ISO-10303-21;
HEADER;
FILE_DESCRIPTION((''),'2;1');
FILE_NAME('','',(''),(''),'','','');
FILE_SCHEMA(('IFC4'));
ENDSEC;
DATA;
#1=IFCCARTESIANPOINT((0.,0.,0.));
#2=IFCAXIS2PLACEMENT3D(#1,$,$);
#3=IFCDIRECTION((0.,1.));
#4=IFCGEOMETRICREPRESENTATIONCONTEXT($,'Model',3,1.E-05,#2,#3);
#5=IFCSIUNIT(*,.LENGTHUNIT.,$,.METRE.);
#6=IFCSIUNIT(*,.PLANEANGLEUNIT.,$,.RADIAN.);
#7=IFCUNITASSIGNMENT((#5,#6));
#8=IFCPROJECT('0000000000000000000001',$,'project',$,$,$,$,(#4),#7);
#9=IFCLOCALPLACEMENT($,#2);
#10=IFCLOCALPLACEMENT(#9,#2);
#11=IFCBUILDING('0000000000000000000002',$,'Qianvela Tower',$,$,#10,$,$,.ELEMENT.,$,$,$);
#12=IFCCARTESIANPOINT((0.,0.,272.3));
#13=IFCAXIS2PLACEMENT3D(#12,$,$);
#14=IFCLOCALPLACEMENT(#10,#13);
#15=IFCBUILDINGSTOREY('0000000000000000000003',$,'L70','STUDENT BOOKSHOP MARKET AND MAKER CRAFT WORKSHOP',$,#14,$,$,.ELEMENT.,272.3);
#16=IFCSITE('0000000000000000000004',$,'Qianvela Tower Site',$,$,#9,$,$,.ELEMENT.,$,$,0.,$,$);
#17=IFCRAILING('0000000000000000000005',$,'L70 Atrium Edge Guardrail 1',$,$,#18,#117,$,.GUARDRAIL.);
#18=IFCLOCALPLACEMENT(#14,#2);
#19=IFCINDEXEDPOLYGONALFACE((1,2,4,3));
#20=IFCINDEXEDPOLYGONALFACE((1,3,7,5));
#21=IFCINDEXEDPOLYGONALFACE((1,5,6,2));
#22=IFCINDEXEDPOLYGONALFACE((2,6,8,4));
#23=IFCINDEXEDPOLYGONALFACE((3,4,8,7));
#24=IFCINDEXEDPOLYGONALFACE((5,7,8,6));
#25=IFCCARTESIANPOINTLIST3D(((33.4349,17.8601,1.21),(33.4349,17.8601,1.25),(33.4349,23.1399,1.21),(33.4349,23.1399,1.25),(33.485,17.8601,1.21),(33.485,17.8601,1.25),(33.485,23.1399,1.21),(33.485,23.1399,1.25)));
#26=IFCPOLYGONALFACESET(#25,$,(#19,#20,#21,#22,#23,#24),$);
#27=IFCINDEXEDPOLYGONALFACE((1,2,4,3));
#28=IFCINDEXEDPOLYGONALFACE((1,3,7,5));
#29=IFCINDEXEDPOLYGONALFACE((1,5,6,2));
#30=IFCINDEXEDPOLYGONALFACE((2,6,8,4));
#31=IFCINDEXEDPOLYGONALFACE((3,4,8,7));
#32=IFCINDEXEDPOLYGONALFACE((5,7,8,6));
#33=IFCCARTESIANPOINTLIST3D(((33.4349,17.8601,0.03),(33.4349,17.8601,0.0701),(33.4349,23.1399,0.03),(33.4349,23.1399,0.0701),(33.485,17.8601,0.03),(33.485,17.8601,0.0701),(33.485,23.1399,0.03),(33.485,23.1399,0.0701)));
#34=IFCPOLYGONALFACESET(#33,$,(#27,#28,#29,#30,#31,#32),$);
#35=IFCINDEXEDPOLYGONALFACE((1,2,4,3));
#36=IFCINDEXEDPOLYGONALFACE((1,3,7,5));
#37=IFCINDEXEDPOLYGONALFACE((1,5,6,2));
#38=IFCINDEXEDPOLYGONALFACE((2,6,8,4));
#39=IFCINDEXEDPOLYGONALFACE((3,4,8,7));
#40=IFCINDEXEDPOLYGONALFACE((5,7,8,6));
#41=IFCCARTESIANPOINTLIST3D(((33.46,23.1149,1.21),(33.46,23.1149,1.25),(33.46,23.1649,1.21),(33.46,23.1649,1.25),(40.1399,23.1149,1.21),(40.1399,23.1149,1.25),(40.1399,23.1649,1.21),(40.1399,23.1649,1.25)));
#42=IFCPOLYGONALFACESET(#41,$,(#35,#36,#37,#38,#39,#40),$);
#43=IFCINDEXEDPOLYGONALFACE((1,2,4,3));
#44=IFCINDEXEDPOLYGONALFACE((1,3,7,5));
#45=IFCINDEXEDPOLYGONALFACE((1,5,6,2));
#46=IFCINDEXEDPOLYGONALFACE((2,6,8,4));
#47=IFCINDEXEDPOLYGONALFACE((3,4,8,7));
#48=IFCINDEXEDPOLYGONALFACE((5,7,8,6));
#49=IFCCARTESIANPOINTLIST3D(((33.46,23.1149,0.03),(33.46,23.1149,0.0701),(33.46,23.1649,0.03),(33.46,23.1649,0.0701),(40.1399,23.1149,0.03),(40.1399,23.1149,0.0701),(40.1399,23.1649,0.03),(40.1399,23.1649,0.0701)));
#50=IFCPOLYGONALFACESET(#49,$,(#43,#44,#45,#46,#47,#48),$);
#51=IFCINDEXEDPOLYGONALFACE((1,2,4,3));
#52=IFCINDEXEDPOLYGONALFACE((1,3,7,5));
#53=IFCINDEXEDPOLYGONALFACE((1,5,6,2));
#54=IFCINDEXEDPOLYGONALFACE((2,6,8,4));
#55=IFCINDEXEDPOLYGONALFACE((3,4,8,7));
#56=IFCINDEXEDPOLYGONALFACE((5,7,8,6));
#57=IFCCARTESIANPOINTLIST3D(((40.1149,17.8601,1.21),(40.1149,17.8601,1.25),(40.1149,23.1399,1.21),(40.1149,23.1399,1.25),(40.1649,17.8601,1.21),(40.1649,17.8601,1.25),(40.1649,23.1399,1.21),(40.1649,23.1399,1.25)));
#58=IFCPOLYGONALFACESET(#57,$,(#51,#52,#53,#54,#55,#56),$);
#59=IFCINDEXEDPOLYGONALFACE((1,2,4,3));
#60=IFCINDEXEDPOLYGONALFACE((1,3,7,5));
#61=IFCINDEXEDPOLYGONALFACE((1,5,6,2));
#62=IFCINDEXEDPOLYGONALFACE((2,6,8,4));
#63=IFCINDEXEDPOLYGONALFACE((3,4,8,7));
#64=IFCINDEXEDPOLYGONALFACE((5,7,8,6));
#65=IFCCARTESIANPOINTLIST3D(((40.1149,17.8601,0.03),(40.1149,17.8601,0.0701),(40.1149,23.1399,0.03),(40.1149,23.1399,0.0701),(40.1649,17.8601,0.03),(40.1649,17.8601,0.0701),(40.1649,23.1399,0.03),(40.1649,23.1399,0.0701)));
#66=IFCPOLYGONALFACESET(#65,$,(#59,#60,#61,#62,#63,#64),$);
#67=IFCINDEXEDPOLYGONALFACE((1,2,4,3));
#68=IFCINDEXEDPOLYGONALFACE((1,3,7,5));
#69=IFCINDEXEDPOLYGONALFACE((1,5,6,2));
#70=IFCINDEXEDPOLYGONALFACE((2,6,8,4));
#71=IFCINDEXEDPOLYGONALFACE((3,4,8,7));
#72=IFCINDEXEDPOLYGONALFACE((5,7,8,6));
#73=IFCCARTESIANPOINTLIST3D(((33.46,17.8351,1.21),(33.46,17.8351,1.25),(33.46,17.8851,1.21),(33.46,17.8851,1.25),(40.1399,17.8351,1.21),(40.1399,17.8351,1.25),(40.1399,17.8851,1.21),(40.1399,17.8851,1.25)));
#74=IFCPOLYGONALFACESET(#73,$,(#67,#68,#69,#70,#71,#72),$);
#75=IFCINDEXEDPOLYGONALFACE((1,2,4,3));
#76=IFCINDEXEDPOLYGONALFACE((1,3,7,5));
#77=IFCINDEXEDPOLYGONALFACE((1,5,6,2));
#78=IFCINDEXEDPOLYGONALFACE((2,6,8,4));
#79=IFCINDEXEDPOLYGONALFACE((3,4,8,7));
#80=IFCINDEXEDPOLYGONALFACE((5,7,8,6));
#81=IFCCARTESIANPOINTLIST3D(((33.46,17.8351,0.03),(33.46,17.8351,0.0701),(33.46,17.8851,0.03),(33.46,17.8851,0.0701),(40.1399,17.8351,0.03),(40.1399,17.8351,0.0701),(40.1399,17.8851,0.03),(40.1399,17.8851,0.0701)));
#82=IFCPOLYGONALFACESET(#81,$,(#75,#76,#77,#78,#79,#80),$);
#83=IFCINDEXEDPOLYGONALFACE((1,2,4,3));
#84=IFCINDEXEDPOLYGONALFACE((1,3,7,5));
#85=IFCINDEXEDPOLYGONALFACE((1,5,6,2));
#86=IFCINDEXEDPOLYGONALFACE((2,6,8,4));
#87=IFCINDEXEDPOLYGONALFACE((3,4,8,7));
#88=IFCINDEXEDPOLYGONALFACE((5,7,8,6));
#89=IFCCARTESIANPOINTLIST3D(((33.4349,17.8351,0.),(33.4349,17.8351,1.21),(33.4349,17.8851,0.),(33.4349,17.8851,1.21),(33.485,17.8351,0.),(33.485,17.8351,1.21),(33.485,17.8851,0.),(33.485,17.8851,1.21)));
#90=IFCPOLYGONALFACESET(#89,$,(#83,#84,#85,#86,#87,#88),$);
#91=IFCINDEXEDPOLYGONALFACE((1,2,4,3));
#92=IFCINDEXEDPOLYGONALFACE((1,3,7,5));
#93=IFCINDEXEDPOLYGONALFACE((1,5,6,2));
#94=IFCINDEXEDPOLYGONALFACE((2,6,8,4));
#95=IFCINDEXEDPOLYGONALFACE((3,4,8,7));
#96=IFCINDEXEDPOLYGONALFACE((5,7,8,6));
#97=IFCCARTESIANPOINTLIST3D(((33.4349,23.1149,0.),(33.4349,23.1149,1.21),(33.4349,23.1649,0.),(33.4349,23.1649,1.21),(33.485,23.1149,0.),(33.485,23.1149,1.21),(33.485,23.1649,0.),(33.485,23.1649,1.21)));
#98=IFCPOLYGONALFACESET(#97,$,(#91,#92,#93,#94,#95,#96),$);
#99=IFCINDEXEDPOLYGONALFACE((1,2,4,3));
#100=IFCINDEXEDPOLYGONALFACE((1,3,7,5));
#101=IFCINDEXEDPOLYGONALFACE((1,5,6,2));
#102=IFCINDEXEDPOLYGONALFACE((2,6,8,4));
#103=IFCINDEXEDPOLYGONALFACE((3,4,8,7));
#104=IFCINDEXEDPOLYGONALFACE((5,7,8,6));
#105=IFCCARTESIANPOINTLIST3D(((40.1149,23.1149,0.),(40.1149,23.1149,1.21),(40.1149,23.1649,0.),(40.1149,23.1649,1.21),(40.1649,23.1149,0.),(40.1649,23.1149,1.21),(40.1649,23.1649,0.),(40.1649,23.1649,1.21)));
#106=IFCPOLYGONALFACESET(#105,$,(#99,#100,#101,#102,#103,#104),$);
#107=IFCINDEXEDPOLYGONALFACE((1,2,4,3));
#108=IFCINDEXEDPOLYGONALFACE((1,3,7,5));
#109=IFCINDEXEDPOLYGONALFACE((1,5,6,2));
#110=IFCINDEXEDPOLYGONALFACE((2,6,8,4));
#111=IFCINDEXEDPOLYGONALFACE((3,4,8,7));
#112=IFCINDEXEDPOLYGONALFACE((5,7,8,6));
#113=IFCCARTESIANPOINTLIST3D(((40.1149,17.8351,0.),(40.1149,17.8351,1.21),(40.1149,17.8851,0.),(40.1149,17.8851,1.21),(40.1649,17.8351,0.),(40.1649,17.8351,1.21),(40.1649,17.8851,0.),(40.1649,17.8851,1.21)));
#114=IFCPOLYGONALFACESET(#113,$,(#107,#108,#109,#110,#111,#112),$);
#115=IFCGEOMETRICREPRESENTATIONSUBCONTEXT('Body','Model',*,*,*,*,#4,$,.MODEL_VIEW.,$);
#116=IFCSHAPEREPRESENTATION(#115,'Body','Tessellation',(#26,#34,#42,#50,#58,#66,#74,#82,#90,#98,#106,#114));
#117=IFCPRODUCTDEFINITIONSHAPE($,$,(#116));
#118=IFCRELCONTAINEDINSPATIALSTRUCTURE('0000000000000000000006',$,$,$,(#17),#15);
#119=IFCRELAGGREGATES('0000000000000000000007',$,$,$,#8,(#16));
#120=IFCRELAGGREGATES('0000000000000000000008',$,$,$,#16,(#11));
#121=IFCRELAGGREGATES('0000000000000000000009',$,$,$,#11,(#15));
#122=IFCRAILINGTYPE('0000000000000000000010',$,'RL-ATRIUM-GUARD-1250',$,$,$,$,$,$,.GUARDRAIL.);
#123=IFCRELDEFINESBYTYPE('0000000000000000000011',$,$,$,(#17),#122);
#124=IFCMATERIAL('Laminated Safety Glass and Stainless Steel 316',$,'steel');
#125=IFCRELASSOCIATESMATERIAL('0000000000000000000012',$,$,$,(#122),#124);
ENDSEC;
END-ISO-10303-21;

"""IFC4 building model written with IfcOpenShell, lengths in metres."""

from ifc_helpers import new_model, si_unit, direction, frame, origin, origin_2d, place, context, subcontext, project, spatial, rectangle, extrude, material, type_object, element, save


model = new_model("IFC4")

# Units and contexts
model_context = context("Model", 3, precision=1e-05, world=origin(), true_north=direction((0.0, 1.0)))
body_context = subcontext(model_context, "Body", "Model", "MODEL_VIEW")
ifc_project = project(units=[si_unit("LENGTHUNIT", "METRE"), si_unit("PLANEANGLEUNIT", "RADIAN")], contexts=[model_context])

# Site, building, storey
site_placement = place(None, origin())
site = spatial("IfcSite", under=ifc_project, at=site_placement, Name="Qianvela Tower Site", CompositionType="ELEMENT", RefElevation=0.0)
building_placement = place(site_placement, origin())
building = spatial("IfcBuilding", under=site, at=building_placement, Name="Qianvela Tower", CompositionType="ELEMENT")
storey_placement = place(building_placement, frame((0.0, 0.0, 272.3)))
storey = spatial("IfcBuildingStorey", under=building, at=storey_placement, Name="L70", Description="STUDENT BOOKSHOP MARKET AND MAKER CRAFT WORKSHOP", CompositionType="ELEMENT", Elevation=272.3)

# Railing
ifc_material_1 = material(Name="Laminated Safety Glass and Stainless Steel 316", Category="steel")
railing_type = type_object("IfcRailingType", Name="RL-ATRIUM-GUARD-1250", PredefinedType="GUARDRAIL", material=ifc_material_1)
railing_placement = place(storey_placement, frame((33.46, 17.8601, 0.0)))
element("IfcRailing", 1, at=railing_placement, inside=storey, type_object=railing_type, Name="L70 Atrium Edge Guardrail 1", PredefinedType="GUARDRAIL", context=body_context, shape_type="SweptSolid", body=[
    extrude(rectangle(XDim=0.05, YDim=0.04, at=origin_2d()), frame((0.0, 0.0, 1.23), z_axis=(0.0, 1.0, 0.0), x_axis=(-1.0, 0.0, 0.0)), (0.0, 0.0, 1.0), 5.2798),
    extrude(rectangle(XDim=0.05, YDim=0.04, at=origin_2d()), frame((0.0, 0.0, 0.05), z_axis=(0.0, 1.0, 0.0), x_axis=(-1.0, 0.0, 0.0)), (0.0, 0.0, 1.0), 5.2798),
    extrude(rectangle(XDim=0.05, YDim=0.04, at=origin_2d()), frame((0.0, 5.2798, 1.23), z_axis=(1.0, 0.0, 0.0), x_axis=(0.0, 1.0, 0.0)), (0.0, 0.0, 1.0), 6.6799),
    extrude(rectangle(XDim=0.05, YDim=0.04, at=origin_2d()), frame((0.0, 5.2798, 0.05), z_axis=(1.0, 0.0, 0.0), x_axis=(0.0, 1.0, 0.0)), (0.0, 0.0, 1.0), 6.6799),
    extrude(rectangle(XDim=0.05, YDim=0.04, at=origin_2d()), frame((6.6799, 5.2798, 1.23), z_axis=(0.0, -1.0, 0.0), x_axis=(1.0, 0.0, 0.0)), (0.0, 0.0, 1.0), 5.2798),
    extrude(rectangle(XDim=0.05, YDim=0.04, at=origin_2d()), frame((6.6799, 5.2798, 0.05), z_axis=(0.0, -1.0, 0.0), x_axis=(1.0, 0.0, 0.0)), (0.0, 0.0, 1.0), 5.2798),
    extrude(rectangle(XDim=0.05, YDim=0.04, at=origin_2d()), frame((6.6799, 0.0, 1.23), z_axis=(-1.0, 0.0, 0.0), x_axis=(0.0, -1.0, 0.0)), (0.0, 0.0, 1.0), 6.6799),
    extrude(rectangle(XDim=0.05, YDim=0.04, at=origin_2d()), frame((6.6799, 0.0, 0.05), z_axis=(-1.0, 0.0, 0.0), x_axis=(0.0, -1.0, 0.0)), (0.0, 0.0, 1.0), 6.6799),
    extrude(rectangle(XDim=0.05, YDim=0.05, at=origin_2d()), origin(), (0.0, 0.0, 1.0), 1.21),
    extrude(rectangle(XDim=0.05, YDim=0.05, at=origin_2d()), frame((0.0, 5.2798, 0.0)), (0.0, 0.0, 1.0), 1.21),
    extrude(rectangle(XDim=0.05, YDim=0.05, at=origin_2d()), frame((6.6799, 5.2798, 0.0)), (0.0, 0.0, 1.0), 1.21),
    extrude(rectangle(XDim=0.05, YDim=0.05, at=origin_2d()), frame((6.6799, 0.0, 0.0)), (0.0, 0.0, 1.0), 1.21),
])

save(model, "model.ifc")
